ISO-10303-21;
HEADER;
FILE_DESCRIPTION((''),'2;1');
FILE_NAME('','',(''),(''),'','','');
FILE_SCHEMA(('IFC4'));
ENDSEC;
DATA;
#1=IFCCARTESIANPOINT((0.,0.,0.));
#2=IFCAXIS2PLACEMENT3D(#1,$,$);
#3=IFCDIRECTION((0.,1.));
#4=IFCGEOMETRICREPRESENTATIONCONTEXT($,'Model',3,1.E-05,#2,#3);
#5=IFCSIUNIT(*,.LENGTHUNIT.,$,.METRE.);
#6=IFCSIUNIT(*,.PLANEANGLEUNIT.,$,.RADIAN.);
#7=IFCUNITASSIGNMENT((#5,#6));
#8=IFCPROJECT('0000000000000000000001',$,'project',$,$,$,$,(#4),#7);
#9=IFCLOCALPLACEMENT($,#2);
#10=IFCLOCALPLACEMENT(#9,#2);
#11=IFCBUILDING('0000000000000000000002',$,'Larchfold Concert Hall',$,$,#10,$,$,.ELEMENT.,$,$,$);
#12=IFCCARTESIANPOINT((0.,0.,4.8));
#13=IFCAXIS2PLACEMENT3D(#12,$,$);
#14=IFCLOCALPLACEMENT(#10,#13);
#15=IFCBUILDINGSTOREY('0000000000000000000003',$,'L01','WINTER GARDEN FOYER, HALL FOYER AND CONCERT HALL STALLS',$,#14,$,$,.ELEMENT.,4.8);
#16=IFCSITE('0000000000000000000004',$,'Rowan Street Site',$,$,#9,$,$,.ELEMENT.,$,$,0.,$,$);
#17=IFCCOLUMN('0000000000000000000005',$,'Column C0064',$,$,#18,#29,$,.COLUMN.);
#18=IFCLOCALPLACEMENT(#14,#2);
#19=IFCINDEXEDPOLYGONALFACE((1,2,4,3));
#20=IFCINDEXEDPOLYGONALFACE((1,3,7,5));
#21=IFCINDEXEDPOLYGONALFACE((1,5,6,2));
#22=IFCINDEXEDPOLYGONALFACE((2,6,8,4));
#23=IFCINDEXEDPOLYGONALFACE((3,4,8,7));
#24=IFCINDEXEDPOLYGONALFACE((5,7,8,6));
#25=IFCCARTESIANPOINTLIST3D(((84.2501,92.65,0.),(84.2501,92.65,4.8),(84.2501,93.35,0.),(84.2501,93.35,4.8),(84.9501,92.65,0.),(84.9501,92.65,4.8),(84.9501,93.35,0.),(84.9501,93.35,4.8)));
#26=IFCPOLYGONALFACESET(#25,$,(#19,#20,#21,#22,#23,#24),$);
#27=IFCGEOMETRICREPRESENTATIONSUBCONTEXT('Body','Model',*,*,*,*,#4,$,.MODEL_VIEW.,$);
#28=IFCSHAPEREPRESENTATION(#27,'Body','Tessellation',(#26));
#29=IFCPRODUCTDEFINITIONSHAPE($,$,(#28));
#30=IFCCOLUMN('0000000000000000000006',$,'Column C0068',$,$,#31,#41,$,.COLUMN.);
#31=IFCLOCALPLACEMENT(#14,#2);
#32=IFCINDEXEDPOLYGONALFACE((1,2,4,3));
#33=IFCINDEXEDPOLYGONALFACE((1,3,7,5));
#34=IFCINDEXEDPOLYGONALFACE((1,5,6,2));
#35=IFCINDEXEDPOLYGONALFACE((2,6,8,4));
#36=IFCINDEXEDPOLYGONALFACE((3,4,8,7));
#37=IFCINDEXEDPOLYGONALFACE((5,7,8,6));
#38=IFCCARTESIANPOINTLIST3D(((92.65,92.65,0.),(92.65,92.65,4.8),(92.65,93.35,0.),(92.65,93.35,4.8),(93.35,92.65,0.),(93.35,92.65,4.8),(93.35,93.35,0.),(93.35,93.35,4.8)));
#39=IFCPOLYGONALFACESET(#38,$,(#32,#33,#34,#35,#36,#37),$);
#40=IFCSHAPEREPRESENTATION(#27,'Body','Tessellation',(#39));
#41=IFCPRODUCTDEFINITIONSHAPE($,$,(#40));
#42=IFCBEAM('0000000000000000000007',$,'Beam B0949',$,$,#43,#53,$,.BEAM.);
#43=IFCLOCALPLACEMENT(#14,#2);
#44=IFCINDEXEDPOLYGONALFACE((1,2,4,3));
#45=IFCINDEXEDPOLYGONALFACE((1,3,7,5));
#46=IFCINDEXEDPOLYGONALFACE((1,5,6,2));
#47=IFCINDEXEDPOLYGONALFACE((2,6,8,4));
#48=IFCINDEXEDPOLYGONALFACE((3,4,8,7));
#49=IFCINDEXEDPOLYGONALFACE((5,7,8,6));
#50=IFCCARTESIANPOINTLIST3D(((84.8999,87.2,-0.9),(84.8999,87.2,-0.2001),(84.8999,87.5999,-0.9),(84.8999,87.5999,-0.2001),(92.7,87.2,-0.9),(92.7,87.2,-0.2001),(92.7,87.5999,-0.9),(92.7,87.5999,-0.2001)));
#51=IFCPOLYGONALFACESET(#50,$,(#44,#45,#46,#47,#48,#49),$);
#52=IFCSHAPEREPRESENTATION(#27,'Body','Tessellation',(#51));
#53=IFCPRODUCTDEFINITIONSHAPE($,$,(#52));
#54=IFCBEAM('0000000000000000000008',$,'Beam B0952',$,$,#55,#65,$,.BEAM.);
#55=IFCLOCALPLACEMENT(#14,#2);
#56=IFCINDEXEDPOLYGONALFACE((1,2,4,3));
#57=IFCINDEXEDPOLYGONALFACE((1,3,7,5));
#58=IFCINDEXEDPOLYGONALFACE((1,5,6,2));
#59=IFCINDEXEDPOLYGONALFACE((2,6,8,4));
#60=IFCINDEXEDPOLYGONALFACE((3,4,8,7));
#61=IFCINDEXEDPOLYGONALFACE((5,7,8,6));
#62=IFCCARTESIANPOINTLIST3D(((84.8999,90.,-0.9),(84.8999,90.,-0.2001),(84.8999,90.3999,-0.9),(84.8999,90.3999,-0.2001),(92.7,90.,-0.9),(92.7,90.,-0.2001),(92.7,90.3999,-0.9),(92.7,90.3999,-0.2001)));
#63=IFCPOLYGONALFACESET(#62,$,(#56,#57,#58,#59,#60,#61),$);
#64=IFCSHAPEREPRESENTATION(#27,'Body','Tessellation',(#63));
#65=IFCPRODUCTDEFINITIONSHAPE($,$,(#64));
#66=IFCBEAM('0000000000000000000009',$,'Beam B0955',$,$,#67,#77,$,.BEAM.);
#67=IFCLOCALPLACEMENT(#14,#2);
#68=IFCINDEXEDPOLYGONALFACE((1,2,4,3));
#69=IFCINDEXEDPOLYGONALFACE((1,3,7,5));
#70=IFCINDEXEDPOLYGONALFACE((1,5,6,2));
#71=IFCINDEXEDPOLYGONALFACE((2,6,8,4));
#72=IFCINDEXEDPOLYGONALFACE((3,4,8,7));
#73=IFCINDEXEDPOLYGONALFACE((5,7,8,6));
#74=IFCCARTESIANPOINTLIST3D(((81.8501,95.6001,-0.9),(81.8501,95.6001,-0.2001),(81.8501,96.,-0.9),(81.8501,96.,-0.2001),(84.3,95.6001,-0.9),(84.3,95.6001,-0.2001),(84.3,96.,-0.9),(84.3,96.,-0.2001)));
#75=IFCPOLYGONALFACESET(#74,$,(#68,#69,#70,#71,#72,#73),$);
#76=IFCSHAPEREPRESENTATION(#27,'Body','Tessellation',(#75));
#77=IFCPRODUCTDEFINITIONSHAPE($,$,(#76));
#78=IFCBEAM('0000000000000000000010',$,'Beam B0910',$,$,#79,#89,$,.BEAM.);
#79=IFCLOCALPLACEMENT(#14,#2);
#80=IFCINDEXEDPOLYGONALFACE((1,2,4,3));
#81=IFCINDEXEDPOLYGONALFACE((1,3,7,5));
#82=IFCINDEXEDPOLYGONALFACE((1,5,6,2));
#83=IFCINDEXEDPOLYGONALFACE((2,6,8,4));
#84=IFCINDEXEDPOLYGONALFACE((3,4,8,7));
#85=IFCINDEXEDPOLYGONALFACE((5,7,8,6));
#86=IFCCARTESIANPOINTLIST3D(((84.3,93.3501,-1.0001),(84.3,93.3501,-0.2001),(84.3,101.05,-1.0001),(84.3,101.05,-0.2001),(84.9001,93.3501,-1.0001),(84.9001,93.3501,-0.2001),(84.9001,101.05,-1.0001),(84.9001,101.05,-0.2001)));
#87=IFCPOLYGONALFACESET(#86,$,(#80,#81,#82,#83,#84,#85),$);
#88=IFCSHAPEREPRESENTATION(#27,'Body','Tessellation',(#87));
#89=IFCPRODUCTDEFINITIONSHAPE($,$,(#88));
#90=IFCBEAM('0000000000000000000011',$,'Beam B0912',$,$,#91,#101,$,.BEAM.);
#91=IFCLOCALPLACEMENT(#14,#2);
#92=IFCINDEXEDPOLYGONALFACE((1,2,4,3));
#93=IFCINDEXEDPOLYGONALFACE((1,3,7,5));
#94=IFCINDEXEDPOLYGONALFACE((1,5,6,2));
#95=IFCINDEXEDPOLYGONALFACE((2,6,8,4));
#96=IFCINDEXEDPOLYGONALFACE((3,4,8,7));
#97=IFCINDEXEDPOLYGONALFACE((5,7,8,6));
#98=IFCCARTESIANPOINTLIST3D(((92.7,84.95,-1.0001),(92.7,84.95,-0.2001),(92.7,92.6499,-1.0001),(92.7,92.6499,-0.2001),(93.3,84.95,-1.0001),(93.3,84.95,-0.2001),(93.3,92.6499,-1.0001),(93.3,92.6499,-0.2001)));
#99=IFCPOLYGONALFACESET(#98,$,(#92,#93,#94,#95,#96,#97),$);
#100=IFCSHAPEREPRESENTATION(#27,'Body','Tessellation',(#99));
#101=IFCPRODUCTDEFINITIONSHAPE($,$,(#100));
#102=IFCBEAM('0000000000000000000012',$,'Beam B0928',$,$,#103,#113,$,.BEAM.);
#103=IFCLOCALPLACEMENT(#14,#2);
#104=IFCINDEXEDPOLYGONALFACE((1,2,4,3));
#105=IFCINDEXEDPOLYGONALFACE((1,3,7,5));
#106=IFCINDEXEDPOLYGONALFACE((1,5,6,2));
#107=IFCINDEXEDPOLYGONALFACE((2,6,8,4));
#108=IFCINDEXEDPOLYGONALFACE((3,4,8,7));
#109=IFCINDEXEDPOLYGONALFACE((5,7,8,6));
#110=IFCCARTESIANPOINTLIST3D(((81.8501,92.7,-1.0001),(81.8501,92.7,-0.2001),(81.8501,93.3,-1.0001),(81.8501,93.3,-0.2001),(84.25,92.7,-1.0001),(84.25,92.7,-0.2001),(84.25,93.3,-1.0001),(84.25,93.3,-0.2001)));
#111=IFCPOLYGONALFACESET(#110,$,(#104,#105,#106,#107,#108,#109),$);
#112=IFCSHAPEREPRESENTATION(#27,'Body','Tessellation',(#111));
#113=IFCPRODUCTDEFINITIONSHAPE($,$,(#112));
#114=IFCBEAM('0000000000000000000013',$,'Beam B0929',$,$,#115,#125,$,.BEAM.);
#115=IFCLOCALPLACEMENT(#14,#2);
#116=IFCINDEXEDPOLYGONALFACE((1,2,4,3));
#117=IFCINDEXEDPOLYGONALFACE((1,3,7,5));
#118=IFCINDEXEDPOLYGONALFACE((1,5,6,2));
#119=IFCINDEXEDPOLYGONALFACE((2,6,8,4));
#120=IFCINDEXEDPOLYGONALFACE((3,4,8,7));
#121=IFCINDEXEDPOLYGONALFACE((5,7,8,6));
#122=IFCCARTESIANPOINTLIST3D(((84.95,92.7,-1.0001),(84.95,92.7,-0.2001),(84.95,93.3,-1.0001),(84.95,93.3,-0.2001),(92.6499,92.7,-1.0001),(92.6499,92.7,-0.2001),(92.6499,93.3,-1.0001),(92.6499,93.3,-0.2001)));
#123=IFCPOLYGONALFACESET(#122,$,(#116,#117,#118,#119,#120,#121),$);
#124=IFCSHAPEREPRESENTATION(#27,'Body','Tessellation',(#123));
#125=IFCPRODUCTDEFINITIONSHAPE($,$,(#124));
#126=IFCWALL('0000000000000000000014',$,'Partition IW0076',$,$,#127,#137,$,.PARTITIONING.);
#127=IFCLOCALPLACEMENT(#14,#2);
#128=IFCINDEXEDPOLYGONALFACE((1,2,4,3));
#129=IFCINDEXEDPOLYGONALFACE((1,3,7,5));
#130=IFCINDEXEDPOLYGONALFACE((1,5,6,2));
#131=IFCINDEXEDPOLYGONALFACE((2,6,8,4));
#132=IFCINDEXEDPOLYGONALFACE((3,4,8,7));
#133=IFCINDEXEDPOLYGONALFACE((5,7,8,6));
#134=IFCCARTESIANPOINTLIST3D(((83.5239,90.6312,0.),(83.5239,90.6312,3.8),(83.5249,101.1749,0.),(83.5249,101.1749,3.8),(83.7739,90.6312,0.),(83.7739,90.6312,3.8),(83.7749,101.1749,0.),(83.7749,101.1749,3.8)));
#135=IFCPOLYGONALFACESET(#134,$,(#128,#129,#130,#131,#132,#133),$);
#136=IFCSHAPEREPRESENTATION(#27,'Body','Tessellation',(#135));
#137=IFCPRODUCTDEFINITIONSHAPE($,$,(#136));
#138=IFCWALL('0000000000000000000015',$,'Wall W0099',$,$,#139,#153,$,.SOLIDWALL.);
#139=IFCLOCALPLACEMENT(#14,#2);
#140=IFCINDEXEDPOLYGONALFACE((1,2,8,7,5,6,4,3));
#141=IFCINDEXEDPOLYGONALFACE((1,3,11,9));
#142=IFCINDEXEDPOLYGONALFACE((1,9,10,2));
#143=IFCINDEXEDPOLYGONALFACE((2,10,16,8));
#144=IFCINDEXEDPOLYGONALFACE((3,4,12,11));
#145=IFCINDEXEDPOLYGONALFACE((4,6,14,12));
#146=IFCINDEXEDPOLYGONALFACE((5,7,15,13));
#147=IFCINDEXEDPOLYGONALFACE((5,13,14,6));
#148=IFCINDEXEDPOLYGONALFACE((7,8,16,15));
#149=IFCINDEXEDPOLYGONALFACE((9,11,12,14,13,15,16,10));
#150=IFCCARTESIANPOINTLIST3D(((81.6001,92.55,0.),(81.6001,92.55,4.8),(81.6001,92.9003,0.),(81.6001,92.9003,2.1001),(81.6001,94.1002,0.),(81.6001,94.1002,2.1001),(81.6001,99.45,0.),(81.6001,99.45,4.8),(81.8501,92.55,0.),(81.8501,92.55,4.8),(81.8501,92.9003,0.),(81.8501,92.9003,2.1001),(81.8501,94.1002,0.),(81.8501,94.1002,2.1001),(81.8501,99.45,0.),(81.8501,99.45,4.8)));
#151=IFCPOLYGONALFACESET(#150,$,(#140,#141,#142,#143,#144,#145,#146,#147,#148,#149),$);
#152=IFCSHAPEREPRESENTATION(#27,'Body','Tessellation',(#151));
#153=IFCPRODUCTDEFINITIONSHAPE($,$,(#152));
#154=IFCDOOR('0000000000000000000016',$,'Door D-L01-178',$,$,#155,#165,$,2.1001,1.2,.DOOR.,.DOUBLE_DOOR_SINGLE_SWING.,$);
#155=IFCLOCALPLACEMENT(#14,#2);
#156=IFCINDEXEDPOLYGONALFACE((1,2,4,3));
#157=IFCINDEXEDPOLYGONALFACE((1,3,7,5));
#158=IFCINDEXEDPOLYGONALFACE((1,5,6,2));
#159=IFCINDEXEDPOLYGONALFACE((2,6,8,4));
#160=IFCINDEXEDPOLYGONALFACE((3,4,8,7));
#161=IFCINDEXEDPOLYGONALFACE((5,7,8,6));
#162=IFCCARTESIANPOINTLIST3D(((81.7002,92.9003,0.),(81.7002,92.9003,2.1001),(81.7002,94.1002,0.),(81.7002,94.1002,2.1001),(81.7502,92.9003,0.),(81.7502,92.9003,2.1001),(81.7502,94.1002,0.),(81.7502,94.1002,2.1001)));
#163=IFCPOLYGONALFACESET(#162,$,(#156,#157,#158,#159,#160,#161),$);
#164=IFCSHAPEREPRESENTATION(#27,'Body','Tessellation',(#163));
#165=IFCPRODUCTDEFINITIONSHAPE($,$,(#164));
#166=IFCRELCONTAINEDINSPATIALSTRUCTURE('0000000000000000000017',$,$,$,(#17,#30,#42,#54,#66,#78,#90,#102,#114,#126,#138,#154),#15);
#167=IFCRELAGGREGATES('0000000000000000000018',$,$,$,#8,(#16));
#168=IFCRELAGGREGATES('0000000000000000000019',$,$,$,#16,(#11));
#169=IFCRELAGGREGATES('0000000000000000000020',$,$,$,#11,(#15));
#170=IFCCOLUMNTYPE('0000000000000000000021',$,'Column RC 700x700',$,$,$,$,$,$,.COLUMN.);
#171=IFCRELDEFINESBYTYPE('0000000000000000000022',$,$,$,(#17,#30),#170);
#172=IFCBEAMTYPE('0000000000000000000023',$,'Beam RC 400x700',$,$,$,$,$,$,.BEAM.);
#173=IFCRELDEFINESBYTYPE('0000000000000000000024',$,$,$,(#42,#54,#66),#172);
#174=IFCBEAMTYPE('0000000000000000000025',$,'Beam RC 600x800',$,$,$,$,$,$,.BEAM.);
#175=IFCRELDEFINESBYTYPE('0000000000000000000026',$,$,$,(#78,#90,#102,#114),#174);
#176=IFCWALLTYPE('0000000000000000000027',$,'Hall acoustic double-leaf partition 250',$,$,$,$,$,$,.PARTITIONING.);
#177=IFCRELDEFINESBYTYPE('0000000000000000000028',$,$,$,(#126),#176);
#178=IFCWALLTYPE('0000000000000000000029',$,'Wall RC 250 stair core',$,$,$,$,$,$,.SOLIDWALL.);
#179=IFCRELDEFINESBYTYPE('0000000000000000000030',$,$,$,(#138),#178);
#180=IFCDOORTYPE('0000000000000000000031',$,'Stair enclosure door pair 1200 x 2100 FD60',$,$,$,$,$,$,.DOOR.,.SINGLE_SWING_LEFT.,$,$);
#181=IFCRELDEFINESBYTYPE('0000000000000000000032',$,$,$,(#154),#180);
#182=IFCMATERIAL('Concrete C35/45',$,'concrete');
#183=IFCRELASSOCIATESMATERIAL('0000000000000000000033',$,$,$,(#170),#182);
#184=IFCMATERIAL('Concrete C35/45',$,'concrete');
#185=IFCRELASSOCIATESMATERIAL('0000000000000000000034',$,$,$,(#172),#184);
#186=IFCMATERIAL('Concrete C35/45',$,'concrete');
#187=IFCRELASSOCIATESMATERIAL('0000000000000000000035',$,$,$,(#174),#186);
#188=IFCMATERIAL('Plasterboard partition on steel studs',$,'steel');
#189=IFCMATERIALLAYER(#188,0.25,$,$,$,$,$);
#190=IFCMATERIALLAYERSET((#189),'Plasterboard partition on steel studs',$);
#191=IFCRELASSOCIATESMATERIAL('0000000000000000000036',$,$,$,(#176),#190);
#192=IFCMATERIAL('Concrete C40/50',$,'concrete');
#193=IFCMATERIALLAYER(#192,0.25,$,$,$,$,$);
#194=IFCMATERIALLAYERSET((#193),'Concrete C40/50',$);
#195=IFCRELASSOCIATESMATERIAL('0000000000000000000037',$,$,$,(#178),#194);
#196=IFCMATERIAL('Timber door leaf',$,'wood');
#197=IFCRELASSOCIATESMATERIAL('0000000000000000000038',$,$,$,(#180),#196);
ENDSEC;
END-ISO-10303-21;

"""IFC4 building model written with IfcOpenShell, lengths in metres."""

from ifc_helpers import new_model, si_unit, direction, frame, frame_2d, origin, origin_2d, place, context, subcontext, project, spatial, rectangle, extrude, material, layer, layer_set, material_profile, profile_set, type_object, element, fill, save


model = new_model("IFC4")

# Units and contexts
model_context = context("Model", 3, precision=1e-05, world=origin(), true_north=direction((0.0, 1.0)))
body_context = subcontext(model_context, "Body", "Model", "MODEL_VIEW")
ifc_project = project(units=[si_unit("LENGTHUNIT", "METRE"), si_unit("PLANEANGLEUNIT", "RADIAN")], contexts=[model_context])

# Site, building, storey
site_placement = place(None, origin())
site = spatial("IfcSite", under=ifc_project, at=site_placement, Name="Rowan Street Site", CompositionType="ELEMENT", RefElevation=0.0)
building_placement = place(site_placement, origin())
building = spatial("IfcBuilding", under=site, at=building_placement, Name="Larchfold Concert Hall", CompositionType="ELEMENT")
storey_placement = place(building_placement, frame((0.0, 0.0, 4.8)))
storey = spatial("IfcBuildingStorey", under=building, at=storey_placement, Name="L01", Description="WINTER GARDEN FOYER, HALL FOYER AND CONCERT HALL STALLS", CompositionType="ELEMENT", Elevation=4.8)

# Columns
ifc_material_1 = material(Name="Concrete C35/45", Category="concrete")
ifc_material_profile_1 = material_profile(ifc_material_1, rectangle(XDim=0.7, YDim=0.7, at=origin_2d()))
ifc_profile_set_1 = profile_set([ifc_material_profile_1], Name="Concrete C35/45")
column_type = type_object("IfcColumnType", Name="Column RC 700x700", PredefinedType="COLUMN", material=ifc_profile_set_1)
for number, where, z_axis, x_axis, name in (
    (1, (84.6001, 93.0, 0.0), (0.0, 0.0, 1.0), (1.0, 0.0, 0.0), "Column C0064"),
    (2, (93.0, 93.0, 0.0), (0.0, 0.0, 1.0), (1.0, 0.0, 0.0), "Column C0068"),
):
    element("IfcColumn", number, at=place(storey_placement, frame(where, z_axis=z_axis, x_axis=x_axis)), inside=storey, type_object=column_type, Name=name, PredefinedType="COLUMN", context=body_context, shape_type="SweptSolid", body=[
        extrude(rectangle(XDim=0.7, YDim=0.7, at=origin_2d()), origin(), (0.0, 0.0, 1.0), 4.8),
    ])

# Beams
ifc_material_2 = material(Name="Concrete C35/45", Category="concrete")
ifc_material_profile_2 = material_profile(ifc_material_2, rectangle(XDim=0.3999, YDim=0.7, at=origin_2d()))
ifc_profile_set_2 = profile_set([ifc_material_profile_2], Name="Concrete C35/45")
beam_type_1 = type_object("IfcBeamType", Name="Beam RC 400x700", PredefinedType="BEAM", material=ifc_profile_set_2)
for number, where, z_axis, x_axis, name in (
    (3, (84.8999, 87.3999, -0.55), (1.0, 0.0, 0.0), (0.0, 1.0, 0.0), "Beam B0949"),
    (4, (84.8999, 90.2, -0.55), (1.0, 0.0, 0.0), (0.0, 1.0, 0.0), "Beam B0952"),
):
    element("IfcBeam", number, at=place(storey_placement, frame(where, z_axis=z_axis, x_axis=x_axis)), inside=storey, type_object=beam_type_1, Name=name, PredefinedType="BEAM", context=body_context, shape_type="SweptSolid", body=[
        extrude(rectangle(XDim=0.3999, YDim=0.7, at=origin_2d()), origin(), (0.0, 0.0, 1.0), 7.8),
    ])
beam_1_placement = place(storey_placement, frame((81.8501, 95.8, -0.55), z_axis=(1.0, 0.0, 0.0), x_axis=(0.0, 1.0, 0.0)))
element("IfcBeam", 5, at=beam_1_placement, inside=storey, type_object=beam_type_1, Name="Beam B0955", PredefinedType="BEAM", context=body_context, shape_type="SweptSolid", body=[
    extrude(rectangle(XDim=0.3999, YDim=0.7, at=origin_2d()), origin(), (0.0, 0.0, 1.0), 2.45),
])
ifc_material_3 = material(Name="Concrete C35/45", Category="concrete")
ifc_material_profile_3 = material_profile(ifc_material_3, rectangle(XDim=0.6001, YDim=0.8, at=origin_2d()))
ifc_profile_set_3 = profile_set([ifc_material_profile_3], Name="Concrete C35/45")
beam_type_2 = type_object("IfcBeamType", Name="Beam RC 600x800", PredefinedType="BEAM", material=ifc_profile_set_3)
for number, where, z_axis, x_axis, name in (
    (6, (84.6001, 93.3501, -0.6001), (0.0, 1.0, 0.0), (-1.0, 0.0, 0.0), "Beam B0910"),
    (7, (93.0, 84.95, -0.6001), (0.0, 1.0, 0.0), (-1.0, 0.0, 0.0), "Beam B0912"),
):
    element("IfcBeam", number, at=place(storey_placement, frame(where, z_axis=z_axis, x_axis=x_axis)), inside=storey, type_object=beam_type_2, Name=name, PredefinedType="BEAM", context=body_context, shape_type="SweptSolid", body=[
        extrude(rectangle(XDim=0.6001, YDim=0.8, at=origin_2d()), origin(), (0.0, 0.0, 1.0), 7.7),
    ])
beam_2_placement = place(storey_placement, frame((81.8501, 93.0, -0.6001), z_axis=(1.0, 0.0, 0.0), x_axis=(0.0, 1.0, 0.0)))
element("IfcBeam", 8, at=beam_2_placement, inside=storey, type_object=beam_type_2, Name="Beam B0928", PredefinedType="BEAM", context=body_context, shape_type="SweptSolid", body=[
    extrude(rectangle(XDim=0.6001, YDim=0.8, at=origin_2d()), origin(), (0.0, 0.0, 1.0), 2.3999),
])
beam_3_placement = place(storey_placement, frame((84.95, 93.0, -0.6001), z_axis=(1.0, 0.0, 0.0), x_axis=(0.0, 1.0, 0.0)))
element("IfcBeam", 9, at=beam_3_placement, inside=storey, type_object=beam_type_2, Name="Beam B0929", PredefinedType="BEAM", context=body_context, shape_type="SweptSolid", body=[
    extrude(rectangle(XDim=0.6001, YDim=0.8, at=origin_2d()), origin(), (0.0, 0.0, 1.0), 7.7),
])

# Shared definitions
ifc_material_4 = material(Name="Plasterboard partition on steel studs", Category="steel")
ifc_layer_1 = layer(ifc_material_4, 0.25)
ifc_layer_set_1 = layer_set([ifc_layer_1], Name="Plasterboard partition on steel studs")
wall_type_1 = type_object("IfcWallType", Name="Hall acoustic double-leaf partition 250", PredefinedType="PARTITIONING", material=ifc_layer_set_1)

# Wall
wall_1_placement = place(storey_placement, frame((83.6489, 90.6311, 0.0), z_axis=(0.0, 0.0, 1.0), x_axis=(0.000093, 1.0, 0.0)))
element("IfcWall", 10, at=wall_1_placement, inside=storey, type_object=wall_type_1, Name="Partition IW0076", PredefinedType="PARTITIONING", context=body_context, shape_type="SweptSolid", body=[
    extrude(rectangle(XDim=10.5437, YDim=0.25, at=frame_2d((5.272, 0.0))), origin(), (0.0, 0.0, 1.0), 3.8),
])

# Wall, opening, door
ifc_material_5 = material(Name="Concrete C40/50", Category="concrete")
ifc_layer_2 = layer(ifc_material_5, 0.25)
ifc_layer_set_2 = layer_set([ifc_layer_2], Name="Concrete C40/50")
wall_type_2 = type_object("IfcWallType", Name="Wall RC 250 stair core", PredefinedType="SOLIDWALL", material=ifc_layer_set_2)
wall_2_placement = place(storey_placement, frame((81.7251, 92.55, 0.0), z_axis=(0.0, 0.0, 1.0), x_axis=(0.0, 1.0, 0.0)))
wall_2 = element("IfcWall", 11, at=wall_2_placement, inside=storey, type_object=wall_type_2, Name="Wall W0099", PredefinedType="SOLIDWALL", context=body_context, shape_type="SweptSolid", body=[
    extrude(rectangle(XDim=6.8999, YDim=0.25, at=frame_2d((3.45, 0.0))), origin(), (0.0, 0.0, 1.0), 4.8),
])
opening_1_placement = place(wall_2_placement, frame((0.3501, 0.0, 0.0)))
opening_1 = element("IfcOpeningElement", 12, at=opening_1_placement, cuts=wall_2, PredefinedType="OPENING", context=body_context, shape_type="SweptSolid", body=[
    extrude(rectangle(XDim=1.2, YDim=2.1001, at=frame_2d((0.6001, 1.05))), frame((0.0, 0.135, 0.0), z_axis=(0.0, -1.0, 0.0), x_axis=(1.0, 0.0, 0.0)), (0.0, 0.0, 1.0), 0.27),
])
ifc_material_6 = material(Name="Timber door leaf", Category="wood")
door_type_1 = type_object("IfcDoorType", Name="Stair enclosure door pair 1200 x 2100 FD60", OperationType="SINGLE_SWING_LEFT", PredefinedType="DOOR", material=ifc_material_6)
door_1_placement = place(opening_1_placement, origin())
door_1 = element("IfcDoor", 13, at=door_1_placement, inside=storey, type_object=door_type_1, Name="Door D-L01-178", OperationType="DOUBLE_DOOR_SINGLE_SWING", OverallHeight=2.1001, OverallWidth=1.2, PredefinedType="DOOR", context=body_context, shape_type="SweptSolid", body=[
    extrude(rectangle(XDim=1.2, YDim=2.1001, at=frame_2d((0.6001, 1.05))), frame((0.0, 0.0249, 0.0), z_axis=(0.0, -1.0, 0.0), x_axis=(1.0, 0.0, 0.0)), (0.0, 0.0, 1.0), 0.05),
])
fill(opening_1, door_1)

save(model, "model.ifc")
